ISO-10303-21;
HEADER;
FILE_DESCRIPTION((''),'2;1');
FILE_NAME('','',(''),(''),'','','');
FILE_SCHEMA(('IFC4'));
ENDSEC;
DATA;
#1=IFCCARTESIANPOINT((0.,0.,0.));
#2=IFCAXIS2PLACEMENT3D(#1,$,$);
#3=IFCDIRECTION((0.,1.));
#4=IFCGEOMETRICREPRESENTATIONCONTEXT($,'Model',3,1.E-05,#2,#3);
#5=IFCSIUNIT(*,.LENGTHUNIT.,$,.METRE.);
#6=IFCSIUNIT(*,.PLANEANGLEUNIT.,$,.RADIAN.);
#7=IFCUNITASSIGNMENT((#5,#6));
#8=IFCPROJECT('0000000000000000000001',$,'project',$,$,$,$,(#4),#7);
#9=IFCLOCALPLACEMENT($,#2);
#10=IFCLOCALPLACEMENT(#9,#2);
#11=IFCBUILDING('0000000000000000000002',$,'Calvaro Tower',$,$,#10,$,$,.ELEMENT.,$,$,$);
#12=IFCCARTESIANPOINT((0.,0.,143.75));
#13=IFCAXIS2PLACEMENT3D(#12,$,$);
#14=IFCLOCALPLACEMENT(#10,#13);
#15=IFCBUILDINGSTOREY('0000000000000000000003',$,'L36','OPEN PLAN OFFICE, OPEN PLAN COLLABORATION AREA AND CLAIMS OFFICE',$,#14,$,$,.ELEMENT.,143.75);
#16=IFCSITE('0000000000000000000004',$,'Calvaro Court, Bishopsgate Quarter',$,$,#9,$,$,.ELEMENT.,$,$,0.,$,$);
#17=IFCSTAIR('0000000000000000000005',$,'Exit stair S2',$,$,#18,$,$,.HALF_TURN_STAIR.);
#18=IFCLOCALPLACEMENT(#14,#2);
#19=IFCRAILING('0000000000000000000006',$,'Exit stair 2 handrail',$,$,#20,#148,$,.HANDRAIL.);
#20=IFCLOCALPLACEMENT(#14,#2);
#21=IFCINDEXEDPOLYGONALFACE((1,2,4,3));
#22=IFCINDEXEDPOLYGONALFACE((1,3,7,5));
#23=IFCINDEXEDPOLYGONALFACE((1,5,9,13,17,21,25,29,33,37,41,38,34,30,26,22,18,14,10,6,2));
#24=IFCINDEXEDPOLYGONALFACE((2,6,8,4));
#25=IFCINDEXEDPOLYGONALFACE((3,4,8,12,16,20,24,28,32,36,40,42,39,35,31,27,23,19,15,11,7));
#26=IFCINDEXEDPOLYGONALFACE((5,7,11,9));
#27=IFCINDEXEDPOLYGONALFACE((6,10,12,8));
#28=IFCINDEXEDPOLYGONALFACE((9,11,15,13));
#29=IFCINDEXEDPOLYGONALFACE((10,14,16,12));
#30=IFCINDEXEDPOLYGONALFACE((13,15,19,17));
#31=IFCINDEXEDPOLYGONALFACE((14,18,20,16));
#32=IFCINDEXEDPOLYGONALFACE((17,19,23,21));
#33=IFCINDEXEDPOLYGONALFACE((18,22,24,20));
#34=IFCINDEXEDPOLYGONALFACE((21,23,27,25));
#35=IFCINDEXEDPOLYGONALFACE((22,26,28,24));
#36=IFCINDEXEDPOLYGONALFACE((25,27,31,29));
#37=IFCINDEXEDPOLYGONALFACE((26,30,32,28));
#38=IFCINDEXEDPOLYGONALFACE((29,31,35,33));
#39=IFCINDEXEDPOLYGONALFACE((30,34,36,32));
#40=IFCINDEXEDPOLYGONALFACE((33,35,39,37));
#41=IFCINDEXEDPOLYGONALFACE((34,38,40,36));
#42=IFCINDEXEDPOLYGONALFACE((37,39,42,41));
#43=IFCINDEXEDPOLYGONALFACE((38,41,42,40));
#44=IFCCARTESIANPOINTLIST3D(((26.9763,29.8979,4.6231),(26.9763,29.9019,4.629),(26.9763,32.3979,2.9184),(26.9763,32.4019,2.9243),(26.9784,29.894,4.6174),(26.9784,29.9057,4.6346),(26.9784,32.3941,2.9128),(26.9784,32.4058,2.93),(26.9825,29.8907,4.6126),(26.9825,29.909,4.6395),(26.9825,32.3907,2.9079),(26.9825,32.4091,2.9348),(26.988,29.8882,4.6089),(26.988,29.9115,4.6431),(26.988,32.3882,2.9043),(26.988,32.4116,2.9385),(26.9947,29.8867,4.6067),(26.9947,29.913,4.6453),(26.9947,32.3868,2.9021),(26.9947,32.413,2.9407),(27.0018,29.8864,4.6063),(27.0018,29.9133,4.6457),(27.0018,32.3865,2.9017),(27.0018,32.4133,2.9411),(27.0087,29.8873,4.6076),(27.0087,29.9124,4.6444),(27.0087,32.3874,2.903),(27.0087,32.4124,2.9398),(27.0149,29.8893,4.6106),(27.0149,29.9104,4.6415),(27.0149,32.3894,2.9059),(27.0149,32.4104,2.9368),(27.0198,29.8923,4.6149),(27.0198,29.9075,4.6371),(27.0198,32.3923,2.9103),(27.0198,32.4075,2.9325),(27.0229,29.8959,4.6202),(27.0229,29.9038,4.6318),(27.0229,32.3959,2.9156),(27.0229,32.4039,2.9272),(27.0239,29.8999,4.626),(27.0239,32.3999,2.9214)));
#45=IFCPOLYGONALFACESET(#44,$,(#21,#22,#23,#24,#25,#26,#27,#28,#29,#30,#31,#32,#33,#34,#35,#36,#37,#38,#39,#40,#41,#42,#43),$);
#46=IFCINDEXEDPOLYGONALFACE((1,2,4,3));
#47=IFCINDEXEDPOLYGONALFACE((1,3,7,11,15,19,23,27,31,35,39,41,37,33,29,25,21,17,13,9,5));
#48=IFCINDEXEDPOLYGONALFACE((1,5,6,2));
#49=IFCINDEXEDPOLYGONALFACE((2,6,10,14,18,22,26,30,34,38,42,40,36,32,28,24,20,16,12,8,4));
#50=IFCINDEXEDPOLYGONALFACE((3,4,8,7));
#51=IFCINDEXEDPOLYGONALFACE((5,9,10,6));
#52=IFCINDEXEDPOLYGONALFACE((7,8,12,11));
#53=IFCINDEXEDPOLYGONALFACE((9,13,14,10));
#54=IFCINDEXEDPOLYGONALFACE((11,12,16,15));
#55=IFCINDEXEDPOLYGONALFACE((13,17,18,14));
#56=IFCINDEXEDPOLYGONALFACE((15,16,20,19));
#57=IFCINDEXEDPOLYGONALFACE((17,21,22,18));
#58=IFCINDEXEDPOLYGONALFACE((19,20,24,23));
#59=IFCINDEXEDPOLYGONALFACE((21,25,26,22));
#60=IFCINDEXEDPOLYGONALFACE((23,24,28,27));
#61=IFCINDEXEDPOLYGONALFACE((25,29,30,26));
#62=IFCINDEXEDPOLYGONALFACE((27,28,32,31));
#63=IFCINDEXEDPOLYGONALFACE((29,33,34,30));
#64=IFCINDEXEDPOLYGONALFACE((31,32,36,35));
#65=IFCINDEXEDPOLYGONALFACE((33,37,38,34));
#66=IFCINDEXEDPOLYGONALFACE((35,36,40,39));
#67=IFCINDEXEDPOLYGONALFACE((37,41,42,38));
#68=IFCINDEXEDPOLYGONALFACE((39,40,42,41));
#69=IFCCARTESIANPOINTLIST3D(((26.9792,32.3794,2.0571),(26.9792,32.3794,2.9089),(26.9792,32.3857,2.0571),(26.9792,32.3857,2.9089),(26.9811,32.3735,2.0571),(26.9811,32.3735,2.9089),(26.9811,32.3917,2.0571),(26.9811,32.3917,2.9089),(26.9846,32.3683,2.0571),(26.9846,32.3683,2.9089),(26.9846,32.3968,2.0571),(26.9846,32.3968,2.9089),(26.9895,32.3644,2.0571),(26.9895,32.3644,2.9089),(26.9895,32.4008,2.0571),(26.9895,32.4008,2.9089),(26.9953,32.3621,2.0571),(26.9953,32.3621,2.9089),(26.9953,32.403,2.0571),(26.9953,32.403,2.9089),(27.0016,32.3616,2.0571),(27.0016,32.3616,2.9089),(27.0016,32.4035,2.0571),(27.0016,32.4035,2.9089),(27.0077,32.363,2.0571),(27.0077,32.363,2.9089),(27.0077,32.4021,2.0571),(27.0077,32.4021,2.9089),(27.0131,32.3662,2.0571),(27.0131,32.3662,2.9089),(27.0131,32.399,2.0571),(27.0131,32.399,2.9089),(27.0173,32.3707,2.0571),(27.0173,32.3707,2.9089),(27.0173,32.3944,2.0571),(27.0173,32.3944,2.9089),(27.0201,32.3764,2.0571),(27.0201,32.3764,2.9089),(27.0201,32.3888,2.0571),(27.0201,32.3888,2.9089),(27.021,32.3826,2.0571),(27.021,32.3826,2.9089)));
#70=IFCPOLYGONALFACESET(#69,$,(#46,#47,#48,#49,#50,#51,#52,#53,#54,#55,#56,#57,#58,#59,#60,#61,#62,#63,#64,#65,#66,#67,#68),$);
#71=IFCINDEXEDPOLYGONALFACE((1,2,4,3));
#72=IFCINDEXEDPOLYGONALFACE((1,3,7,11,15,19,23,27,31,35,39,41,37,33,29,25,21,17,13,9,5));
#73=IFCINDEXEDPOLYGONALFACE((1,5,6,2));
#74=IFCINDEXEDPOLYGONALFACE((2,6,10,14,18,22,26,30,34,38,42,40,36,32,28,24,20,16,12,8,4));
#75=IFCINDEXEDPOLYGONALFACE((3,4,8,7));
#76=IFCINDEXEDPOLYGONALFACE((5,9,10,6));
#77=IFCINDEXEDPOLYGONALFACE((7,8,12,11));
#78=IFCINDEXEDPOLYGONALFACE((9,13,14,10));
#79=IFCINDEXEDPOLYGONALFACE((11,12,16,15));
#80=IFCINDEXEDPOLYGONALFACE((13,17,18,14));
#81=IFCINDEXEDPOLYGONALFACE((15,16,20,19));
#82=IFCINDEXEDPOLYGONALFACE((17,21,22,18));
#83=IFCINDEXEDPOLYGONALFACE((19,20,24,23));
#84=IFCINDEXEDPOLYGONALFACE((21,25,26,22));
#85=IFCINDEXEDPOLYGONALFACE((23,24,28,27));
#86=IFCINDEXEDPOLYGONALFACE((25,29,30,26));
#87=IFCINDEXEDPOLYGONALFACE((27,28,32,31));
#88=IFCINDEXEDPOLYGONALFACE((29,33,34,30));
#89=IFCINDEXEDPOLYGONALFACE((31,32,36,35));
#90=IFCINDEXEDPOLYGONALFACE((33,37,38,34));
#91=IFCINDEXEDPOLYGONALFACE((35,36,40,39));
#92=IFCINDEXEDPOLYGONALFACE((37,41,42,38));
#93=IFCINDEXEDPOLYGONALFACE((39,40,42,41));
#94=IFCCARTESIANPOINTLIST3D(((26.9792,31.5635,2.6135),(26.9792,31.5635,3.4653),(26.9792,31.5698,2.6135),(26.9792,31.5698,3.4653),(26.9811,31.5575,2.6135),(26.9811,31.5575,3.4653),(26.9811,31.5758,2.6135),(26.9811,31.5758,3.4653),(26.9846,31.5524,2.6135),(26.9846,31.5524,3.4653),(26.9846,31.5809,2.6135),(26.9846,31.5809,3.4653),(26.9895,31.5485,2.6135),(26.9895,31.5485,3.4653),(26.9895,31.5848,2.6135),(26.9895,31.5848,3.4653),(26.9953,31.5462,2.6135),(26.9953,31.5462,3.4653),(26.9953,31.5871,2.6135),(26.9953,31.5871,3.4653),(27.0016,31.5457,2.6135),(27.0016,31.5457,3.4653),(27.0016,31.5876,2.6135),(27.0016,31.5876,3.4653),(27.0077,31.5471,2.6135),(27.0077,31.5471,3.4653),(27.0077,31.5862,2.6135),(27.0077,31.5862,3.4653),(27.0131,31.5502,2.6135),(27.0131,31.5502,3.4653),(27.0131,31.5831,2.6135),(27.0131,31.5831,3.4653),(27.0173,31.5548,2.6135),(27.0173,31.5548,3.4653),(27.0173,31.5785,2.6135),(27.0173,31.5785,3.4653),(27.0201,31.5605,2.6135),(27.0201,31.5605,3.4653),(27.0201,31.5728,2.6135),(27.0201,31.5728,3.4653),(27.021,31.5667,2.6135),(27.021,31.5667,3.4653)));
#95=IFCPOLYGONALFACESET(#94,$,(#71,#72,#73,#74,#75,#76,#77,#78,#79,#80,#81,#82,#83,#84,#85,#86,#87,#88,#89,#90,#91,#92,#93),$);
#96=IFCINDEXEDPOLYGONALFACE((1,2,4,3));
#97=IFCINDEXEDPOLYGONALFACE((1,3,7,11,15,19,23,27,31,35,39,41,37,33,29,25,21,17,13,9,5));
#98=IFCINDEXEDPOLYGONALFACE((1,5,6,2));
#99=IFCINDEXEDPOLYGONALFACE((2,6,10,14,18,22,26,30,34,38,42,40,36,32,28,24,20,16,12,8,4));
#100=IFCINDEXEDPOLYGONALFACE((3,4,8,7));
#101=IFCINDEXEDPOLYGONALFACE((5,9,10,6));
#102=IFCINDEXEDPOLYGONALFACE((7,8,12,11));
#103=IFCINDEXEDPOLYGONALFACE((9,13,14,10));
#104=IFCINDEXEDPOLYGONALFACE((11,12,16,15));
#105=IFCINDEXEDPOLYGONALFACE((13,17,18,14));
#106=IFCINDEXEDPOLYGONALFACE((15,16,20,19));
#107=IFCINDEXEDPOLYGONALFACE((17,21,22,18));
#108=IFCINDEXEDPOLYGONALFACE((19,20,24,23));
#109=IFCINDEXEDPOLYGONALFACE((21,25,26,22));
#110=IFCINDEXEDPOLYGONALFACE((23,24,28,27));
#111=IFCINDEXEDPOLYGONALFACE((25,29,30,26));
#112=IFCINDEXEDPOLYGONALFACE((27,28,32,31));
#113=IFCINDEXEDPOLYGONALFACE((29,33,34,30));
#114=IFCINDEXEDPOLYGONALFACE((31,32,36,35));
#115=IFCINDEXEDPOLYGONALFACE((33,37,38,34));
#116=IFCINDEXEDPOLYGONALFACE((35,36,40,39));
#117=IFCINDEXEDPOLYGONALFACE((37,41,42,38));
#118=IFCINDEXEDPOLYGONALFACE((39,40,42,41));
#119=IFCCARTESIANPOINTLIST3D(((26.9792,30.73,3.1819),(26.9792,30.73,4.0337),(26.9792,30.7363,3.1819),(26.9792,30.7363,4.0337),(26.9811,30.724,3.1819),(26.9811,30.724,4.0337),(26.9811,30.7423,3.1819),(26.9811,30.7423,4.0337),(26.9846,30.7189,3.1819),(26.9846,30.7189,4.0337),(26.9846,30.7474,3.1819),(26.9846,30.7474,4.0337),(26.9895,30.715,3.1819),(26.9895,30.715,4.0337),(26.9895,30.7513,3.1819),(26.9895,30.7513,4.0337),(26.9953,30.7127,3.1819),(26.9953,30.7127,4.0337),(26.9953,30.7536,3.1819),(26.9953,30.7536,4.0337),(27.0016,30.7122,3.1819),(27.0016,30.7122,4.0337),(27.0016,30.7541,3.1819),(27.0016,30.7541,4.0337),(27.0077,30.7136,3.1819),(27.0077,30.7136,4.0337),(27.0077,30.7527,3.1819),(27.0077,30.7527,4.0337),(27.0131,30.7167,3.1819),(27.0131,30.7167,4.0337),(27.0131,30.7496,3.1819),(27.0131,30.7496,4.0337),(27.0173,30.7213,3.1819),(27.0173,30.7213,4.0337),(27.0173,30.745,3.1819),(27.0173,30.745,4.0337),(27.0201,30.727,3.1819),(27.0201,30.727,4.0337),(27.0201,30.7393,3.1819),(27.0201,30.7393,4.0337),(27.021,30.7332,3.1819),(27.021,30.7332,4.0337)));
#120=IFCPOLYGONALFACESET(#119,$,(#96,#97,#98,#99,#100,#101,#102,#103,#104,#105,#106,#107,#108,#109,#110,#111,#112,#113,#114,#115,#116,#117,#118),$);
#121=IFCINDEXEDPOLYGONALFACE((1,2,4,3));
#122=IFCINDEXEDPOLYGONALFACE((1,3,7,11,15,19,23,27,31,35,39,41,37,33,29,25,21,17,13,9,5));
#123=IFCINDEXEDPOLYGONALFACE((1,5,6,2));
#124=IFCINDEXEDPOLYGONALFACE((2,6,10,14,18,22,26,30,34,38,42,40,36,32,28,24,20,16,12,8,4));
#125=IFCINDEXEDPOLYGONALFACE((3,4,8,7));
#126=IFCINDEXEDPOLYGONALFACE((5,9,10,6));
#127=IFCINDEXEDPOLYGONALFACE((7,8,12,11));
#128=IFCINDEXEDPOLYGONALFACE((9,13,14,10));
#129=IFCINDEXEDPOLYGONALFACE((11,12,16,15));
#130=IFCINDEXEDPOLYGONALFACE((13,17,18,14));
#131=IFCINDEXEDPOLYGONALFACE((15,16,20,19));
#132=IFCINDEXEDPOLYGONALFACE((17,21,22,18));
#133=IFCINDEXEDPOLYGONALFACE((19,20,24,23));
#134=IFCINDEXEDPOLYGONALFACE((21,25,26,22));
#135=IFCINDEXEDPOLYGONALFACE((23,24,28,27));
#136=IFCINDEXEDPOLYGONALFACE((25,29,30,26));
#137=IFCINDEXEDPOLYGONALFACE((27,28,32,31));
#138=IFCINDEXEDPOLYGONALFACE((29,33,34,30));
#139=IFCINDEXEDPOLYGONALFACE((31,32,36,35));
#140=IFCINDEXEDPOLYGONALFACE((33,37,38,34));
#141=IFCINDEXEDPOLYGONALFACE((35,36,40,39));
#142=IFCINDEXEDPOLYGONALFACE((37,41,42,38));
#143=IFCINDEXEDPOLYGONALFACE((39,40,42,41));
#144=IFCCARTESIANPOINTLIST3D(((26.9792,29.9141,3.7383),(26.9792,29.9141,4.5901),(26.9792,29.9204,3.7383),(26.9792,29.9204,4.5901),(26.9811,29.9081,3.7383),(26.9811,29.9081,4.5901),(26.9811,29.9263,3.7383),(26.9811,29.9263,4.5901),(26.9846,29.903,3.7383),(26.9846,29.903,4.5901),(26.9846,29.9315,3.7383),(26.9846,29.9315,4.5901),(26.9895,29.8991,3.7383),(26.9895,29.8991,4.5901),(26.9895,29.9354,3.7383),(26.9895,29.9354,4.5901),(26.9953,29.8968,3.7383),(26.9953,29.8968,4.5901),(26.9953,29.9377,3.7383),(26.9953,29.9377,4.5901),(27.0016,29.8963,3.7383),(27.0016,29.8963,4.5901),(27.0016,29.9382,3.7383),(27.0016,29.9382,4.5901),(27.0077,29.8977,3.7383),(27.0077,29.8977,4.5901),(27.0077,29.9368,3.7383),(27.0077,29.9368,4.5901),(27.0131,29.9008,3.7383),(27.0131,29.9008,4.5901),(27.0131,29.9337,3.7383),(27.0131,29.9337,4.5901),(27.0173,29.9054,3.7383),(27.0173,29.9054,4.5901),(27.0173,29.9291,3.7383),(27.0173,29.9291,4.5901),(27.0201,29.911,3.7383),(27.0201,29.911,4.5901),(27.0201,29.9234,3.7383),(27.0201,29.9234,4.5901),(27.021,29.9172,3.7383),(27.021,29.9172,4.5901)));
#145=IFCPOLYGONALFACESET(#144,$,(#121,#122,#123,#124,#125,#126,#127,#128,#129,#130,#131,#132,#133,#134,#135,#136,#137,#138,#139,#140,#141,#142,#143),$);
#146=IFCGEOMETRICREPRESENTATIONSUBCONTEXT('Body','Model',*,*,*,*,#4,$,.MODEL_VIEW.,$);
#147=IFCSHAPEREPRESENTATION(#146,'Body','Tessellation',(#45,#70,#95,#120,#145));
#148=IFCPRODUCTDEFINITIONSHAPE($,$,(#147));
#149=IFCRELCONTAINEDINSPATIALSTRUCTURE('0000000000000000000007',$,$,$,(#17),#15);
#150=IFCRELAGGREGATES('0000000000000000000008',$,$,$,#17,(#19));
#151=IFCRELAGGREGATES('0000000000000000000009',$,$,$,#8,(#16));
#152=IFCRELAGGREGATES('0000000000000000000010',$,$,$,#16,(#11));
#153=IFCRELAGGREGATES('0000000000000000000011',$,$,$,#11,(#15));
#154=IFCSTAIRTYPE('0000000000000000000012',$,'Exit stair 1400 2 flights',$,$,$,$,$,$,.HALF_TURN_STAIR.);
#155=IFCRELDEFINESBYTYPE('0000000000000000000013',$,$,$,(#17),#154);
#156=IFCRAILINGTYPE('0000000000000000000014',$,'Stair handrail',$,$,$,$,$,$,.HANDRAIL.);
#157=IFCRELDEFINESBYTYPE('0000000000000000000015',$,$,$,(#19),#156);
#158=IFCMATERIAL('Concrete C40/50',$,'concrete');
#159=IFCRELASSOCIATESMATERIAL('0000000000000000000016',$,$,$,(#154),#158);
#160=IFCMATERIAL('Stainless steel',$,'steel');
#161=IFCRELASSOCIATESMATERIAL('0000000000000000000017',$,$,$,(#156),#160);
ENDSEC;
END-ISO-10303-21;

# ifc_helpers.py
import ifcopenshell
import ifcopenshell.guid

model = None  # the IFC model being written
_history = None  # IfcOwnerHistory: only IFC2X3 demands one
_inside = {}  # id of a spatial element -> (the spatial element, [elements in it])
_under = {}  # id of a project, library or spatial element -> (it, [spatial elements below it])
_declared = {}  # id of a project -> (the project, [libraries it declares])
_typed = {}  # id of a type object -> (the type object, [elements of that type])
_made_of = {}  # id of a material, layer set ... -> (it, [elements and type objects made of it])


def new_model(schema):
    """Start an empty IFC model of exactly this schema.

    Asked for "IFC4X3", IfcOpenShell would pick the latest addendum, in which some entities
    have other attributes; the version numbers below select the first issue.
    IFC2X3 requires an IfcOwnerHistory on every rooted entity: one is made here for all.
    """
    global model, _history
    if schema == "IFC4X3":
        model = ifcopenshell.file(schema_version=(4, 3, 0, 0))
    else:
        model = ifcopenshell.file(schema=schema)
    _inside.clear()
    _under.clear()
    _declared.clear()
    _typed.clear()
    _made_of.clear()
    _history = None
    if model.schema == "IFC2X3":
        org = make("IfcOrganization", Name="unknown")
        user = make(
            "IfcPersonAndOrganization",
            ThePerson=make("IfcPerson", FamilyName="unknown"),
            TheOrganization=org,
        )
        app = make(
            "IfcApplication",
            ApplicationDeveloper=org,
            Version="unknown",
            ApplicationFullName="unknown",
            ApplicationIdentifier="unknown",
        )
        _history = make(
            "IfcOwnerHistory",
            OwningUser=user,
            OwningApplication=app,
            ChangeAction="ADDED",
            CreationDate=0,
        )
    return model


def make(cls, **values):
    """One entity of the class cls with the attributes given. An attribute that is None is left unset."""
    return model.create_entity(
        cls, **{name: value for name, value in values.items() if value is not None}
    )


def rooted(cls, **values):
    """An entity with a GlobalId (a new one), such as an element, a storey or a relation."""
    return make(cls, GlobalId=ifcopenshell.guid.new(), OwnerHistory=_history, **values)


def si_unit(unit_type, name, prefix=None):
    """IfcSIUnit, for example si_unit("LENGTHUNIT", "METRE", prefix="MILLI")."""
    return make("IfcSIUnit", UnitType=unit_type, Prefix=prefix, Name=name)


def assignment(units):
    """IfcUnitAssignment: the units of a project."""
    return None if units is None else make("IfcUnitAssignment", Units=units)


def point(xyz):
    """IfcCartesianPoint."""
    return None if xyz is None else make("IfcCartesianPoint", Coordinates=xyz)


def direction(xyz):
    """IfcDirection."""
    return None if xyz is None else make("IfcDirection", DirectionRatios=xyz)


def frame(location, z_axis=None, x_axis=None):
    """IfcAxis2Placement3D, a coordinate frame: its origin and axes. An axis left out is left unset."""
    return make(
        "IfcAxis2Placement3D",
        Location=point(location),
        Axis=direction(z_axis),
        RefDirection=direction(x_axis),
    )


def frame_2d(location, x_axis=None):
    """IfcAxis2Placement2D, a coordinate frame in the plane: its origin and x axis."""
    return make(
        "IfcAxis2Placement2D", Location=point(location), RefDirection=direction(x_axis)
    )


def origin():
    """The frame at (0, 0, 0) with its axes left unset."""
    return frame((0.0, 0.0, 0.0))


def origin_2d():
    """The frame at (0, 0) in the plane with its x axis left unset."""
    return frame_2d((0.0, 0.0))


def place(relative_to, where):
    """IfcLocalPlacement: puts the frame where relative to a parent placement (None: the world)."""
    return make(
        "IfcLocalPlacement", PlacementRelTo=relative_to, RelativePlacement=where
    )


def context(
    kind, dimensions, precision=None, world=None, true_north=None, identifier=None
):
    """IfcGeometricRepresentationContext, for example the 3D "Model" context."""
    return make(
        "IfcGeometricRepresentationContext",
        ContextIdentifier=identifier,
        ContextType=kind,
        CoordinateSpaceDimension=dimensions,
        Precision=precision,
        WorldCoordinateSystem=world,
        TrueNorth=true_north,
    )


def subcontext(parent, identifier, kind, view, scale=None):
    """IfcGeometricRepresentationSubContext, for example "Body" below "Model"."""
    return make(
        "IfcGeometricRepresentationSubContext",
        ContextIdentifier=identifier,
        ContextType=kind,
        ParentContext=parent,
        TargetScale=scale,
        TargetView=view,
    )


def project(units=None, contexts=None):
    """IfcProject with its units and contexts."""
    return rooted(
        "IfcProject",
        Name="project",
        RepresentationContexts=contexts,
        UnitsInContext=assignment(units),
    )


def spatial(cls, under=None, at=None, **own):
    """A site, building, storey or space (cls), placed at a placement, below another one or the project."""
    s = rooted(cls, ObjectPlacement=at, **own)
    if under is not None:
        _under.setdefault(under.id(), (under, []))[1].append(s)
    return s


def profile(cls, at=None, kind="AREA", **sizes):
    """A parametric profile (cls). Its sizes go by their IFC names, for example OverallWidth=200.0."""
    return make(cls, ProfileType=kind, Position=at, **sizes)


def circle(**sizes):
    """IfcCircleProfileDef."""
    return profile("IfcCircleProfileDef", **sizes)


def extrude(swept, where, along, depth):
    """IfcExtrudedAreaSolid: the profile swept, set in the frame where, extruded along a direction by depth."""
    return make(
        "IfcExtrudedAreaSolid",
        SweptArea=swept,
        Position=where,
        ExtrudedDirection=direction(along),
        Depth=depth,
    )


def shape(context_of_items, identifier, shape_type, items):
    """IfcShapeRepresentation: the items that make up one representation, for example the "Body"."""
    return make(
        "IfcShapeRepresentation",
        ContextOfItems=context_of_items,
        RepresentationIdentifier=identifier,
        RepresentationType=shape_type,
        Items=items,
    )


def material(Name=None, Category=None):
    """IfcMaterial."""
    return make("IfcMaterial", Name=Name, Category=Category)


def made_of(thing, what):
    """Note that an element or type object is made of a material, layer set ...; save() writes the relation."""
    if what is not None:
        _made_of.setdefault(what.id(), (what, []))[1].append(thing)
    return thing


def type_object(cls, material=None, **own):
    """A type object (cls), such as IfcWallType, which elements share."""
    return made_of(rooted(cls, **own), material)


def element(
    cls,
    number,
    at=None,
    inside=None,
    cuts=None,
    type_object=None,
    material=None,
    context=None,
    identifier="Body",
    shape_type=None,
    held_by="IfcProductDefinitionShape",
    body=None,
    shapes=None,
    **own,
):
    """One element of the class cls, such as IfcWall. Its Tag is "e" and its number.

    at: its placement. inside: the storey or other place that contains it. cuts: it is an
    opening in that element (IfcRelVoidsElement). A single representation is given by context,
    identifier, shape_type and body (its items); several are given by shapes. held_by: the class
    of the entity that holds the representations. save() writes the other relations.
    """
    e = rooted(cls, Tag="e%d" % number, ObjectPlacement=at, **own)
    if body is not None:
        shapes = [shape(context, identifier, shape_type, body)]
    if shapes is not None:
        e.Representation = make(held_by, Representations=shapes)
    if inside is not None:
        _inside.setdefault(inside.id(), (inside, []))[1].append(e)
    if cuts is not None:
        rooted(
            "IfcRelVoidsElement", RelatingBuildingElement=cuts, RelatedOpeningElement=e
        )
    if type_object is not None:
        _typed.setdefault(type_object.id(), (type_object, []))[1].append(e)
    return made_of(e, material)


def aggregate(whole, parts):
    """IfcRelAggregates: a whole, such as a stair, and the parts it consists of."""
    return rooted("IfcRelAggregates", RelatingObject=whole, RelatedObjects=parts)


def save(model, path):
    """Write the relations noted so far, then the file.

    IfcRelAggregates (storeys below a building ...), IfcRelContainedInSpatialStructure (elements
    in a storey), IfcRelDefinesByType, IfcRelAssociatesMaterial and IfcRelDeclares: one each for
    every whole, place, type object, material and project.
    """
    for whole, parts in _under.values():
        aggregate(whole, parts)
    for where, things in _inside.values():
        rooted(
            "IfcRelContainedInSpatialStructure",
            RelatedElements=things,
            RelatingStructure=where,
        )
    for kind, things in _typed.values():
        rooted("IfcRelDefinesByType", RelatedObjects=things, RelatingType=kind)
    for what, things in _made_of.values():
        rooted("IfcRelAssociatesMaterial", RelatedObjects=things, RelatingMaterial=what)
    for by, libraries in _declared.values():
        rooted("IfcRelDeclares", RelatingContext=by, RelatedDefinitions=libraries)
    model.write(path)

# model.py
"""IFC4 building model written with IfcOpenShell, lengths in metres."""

from ifc_helpers import new_model, si_unit, direction, frame, origin, origin_2d, place, context, subcontext, project, spatial, circle, extrude, material, type_object, element, aggregate, save


model = new_model("IFC4")

# Units and contexts
model_context = context("Model", 3, precision=1e-05, world=origin(), true_north=direction((0.0, 1.0)))
body_context = subcontext(model_context, "Body", "Model", "MODEL_VIEW")
ifc_project = project(units=[si_unit("LENGTHUNIT", "METRE"), si_unit("PLANEANGLEUNIT", "RADIAN")], contexts=[model_context])

# Site, building, storey
site_placement = place(None, origin())
site = spatial("IfcSite", under=ifc_project, at=site_placement, Name="Calvaro Court, Bishopsgate Quarter", CompositionType="ELEMENT", RefElevation=0.0)
building_placement = place(site_placement, origin())
building = spatial("IfcBuilding", under=site, at=building_placement, Name="Calvaro Tower", CompositionType="ELEMENT")
storey_placement = place(building_placement, frame((0.0, 0.0, 143.75)))
storey = spatial("IfcBuildingStorey", under=building, at=storey_placement, Name="L36", Description="OPEN PLAN OFFICE, OPEN PLAN COLLABORATION AREA AND CLAIMS OFFICE", CompositionType="ELEMENT", Elevation=143.75)

# Stair, railing
ifc_material_1 = material(Name="Concrete C40/50", Category="concrete")
stair_type = type_object("IfcStairType", Name="Exit stair 1400 2 flights", PredefinedType="HALF_TURN_STAIR", material=ifc_material_1)
stair_placement = place(storey_placement, origin())
stair = element("IfcStair", 1, at=stair_placement, inside=storey, type_object=stair_type, Name="Exit stair S2", PredefinedType="HALF_TURN_STAIR")
ifc_material_2 = material(Name="Stainless steel", Category="steel")
railing_type = type_object("IfcRailingType", Name="Stair handrail", PredefinedType="HANDRAIL", material=ifc_material_2)
railing_1_placement = place(storey_placement, frame((27.0, 32.3999, 2.0454)))
railing_1 = element("IfcRailing", 2, at=railing_1_placement, type_object=railing_type, Name="Exit stair 2 handrail", PredefinedType="HANDRAIL", context=body_context, shape_type="SweptSolid", body=[
    extrude(circle(Radius=0.0239, at=origin_2d()), frame((0.0, 0.0, 0.876), z_axis=(0.0, -0.826221, 0.563347), x_axis=(1.0, 0.0, 0.0)), (0.0, 0.0, 1.0), 3.0259),
    extrude(circle(Radius=0.021, at=origin_2d()), frame((0.0, -0.0173, 0.0117)), (0.0, 0.0, 1.0), 0.8518),
    extrude(circle(Radius=0.021, at=origin_2d()), frame((0.0, -0.8333, 0.5681)), (0.0, 0.0, 1.0), 0.8518),
    extrude(circle(Radius=0.021, at=origin_2d()), frame((0.0, -1.6667, 1.1365)), (0.0, 0.0, 1.0), 0.8518),
    extrude(circle(Radius=0.021, at=origin_2d()), frame((0.0, -2.4827, 1.6929)), (0.0, 0.0, 1.0), 0.8518),
])
aggregate(stair, [railing_1])

save(model, "model.ifc")
